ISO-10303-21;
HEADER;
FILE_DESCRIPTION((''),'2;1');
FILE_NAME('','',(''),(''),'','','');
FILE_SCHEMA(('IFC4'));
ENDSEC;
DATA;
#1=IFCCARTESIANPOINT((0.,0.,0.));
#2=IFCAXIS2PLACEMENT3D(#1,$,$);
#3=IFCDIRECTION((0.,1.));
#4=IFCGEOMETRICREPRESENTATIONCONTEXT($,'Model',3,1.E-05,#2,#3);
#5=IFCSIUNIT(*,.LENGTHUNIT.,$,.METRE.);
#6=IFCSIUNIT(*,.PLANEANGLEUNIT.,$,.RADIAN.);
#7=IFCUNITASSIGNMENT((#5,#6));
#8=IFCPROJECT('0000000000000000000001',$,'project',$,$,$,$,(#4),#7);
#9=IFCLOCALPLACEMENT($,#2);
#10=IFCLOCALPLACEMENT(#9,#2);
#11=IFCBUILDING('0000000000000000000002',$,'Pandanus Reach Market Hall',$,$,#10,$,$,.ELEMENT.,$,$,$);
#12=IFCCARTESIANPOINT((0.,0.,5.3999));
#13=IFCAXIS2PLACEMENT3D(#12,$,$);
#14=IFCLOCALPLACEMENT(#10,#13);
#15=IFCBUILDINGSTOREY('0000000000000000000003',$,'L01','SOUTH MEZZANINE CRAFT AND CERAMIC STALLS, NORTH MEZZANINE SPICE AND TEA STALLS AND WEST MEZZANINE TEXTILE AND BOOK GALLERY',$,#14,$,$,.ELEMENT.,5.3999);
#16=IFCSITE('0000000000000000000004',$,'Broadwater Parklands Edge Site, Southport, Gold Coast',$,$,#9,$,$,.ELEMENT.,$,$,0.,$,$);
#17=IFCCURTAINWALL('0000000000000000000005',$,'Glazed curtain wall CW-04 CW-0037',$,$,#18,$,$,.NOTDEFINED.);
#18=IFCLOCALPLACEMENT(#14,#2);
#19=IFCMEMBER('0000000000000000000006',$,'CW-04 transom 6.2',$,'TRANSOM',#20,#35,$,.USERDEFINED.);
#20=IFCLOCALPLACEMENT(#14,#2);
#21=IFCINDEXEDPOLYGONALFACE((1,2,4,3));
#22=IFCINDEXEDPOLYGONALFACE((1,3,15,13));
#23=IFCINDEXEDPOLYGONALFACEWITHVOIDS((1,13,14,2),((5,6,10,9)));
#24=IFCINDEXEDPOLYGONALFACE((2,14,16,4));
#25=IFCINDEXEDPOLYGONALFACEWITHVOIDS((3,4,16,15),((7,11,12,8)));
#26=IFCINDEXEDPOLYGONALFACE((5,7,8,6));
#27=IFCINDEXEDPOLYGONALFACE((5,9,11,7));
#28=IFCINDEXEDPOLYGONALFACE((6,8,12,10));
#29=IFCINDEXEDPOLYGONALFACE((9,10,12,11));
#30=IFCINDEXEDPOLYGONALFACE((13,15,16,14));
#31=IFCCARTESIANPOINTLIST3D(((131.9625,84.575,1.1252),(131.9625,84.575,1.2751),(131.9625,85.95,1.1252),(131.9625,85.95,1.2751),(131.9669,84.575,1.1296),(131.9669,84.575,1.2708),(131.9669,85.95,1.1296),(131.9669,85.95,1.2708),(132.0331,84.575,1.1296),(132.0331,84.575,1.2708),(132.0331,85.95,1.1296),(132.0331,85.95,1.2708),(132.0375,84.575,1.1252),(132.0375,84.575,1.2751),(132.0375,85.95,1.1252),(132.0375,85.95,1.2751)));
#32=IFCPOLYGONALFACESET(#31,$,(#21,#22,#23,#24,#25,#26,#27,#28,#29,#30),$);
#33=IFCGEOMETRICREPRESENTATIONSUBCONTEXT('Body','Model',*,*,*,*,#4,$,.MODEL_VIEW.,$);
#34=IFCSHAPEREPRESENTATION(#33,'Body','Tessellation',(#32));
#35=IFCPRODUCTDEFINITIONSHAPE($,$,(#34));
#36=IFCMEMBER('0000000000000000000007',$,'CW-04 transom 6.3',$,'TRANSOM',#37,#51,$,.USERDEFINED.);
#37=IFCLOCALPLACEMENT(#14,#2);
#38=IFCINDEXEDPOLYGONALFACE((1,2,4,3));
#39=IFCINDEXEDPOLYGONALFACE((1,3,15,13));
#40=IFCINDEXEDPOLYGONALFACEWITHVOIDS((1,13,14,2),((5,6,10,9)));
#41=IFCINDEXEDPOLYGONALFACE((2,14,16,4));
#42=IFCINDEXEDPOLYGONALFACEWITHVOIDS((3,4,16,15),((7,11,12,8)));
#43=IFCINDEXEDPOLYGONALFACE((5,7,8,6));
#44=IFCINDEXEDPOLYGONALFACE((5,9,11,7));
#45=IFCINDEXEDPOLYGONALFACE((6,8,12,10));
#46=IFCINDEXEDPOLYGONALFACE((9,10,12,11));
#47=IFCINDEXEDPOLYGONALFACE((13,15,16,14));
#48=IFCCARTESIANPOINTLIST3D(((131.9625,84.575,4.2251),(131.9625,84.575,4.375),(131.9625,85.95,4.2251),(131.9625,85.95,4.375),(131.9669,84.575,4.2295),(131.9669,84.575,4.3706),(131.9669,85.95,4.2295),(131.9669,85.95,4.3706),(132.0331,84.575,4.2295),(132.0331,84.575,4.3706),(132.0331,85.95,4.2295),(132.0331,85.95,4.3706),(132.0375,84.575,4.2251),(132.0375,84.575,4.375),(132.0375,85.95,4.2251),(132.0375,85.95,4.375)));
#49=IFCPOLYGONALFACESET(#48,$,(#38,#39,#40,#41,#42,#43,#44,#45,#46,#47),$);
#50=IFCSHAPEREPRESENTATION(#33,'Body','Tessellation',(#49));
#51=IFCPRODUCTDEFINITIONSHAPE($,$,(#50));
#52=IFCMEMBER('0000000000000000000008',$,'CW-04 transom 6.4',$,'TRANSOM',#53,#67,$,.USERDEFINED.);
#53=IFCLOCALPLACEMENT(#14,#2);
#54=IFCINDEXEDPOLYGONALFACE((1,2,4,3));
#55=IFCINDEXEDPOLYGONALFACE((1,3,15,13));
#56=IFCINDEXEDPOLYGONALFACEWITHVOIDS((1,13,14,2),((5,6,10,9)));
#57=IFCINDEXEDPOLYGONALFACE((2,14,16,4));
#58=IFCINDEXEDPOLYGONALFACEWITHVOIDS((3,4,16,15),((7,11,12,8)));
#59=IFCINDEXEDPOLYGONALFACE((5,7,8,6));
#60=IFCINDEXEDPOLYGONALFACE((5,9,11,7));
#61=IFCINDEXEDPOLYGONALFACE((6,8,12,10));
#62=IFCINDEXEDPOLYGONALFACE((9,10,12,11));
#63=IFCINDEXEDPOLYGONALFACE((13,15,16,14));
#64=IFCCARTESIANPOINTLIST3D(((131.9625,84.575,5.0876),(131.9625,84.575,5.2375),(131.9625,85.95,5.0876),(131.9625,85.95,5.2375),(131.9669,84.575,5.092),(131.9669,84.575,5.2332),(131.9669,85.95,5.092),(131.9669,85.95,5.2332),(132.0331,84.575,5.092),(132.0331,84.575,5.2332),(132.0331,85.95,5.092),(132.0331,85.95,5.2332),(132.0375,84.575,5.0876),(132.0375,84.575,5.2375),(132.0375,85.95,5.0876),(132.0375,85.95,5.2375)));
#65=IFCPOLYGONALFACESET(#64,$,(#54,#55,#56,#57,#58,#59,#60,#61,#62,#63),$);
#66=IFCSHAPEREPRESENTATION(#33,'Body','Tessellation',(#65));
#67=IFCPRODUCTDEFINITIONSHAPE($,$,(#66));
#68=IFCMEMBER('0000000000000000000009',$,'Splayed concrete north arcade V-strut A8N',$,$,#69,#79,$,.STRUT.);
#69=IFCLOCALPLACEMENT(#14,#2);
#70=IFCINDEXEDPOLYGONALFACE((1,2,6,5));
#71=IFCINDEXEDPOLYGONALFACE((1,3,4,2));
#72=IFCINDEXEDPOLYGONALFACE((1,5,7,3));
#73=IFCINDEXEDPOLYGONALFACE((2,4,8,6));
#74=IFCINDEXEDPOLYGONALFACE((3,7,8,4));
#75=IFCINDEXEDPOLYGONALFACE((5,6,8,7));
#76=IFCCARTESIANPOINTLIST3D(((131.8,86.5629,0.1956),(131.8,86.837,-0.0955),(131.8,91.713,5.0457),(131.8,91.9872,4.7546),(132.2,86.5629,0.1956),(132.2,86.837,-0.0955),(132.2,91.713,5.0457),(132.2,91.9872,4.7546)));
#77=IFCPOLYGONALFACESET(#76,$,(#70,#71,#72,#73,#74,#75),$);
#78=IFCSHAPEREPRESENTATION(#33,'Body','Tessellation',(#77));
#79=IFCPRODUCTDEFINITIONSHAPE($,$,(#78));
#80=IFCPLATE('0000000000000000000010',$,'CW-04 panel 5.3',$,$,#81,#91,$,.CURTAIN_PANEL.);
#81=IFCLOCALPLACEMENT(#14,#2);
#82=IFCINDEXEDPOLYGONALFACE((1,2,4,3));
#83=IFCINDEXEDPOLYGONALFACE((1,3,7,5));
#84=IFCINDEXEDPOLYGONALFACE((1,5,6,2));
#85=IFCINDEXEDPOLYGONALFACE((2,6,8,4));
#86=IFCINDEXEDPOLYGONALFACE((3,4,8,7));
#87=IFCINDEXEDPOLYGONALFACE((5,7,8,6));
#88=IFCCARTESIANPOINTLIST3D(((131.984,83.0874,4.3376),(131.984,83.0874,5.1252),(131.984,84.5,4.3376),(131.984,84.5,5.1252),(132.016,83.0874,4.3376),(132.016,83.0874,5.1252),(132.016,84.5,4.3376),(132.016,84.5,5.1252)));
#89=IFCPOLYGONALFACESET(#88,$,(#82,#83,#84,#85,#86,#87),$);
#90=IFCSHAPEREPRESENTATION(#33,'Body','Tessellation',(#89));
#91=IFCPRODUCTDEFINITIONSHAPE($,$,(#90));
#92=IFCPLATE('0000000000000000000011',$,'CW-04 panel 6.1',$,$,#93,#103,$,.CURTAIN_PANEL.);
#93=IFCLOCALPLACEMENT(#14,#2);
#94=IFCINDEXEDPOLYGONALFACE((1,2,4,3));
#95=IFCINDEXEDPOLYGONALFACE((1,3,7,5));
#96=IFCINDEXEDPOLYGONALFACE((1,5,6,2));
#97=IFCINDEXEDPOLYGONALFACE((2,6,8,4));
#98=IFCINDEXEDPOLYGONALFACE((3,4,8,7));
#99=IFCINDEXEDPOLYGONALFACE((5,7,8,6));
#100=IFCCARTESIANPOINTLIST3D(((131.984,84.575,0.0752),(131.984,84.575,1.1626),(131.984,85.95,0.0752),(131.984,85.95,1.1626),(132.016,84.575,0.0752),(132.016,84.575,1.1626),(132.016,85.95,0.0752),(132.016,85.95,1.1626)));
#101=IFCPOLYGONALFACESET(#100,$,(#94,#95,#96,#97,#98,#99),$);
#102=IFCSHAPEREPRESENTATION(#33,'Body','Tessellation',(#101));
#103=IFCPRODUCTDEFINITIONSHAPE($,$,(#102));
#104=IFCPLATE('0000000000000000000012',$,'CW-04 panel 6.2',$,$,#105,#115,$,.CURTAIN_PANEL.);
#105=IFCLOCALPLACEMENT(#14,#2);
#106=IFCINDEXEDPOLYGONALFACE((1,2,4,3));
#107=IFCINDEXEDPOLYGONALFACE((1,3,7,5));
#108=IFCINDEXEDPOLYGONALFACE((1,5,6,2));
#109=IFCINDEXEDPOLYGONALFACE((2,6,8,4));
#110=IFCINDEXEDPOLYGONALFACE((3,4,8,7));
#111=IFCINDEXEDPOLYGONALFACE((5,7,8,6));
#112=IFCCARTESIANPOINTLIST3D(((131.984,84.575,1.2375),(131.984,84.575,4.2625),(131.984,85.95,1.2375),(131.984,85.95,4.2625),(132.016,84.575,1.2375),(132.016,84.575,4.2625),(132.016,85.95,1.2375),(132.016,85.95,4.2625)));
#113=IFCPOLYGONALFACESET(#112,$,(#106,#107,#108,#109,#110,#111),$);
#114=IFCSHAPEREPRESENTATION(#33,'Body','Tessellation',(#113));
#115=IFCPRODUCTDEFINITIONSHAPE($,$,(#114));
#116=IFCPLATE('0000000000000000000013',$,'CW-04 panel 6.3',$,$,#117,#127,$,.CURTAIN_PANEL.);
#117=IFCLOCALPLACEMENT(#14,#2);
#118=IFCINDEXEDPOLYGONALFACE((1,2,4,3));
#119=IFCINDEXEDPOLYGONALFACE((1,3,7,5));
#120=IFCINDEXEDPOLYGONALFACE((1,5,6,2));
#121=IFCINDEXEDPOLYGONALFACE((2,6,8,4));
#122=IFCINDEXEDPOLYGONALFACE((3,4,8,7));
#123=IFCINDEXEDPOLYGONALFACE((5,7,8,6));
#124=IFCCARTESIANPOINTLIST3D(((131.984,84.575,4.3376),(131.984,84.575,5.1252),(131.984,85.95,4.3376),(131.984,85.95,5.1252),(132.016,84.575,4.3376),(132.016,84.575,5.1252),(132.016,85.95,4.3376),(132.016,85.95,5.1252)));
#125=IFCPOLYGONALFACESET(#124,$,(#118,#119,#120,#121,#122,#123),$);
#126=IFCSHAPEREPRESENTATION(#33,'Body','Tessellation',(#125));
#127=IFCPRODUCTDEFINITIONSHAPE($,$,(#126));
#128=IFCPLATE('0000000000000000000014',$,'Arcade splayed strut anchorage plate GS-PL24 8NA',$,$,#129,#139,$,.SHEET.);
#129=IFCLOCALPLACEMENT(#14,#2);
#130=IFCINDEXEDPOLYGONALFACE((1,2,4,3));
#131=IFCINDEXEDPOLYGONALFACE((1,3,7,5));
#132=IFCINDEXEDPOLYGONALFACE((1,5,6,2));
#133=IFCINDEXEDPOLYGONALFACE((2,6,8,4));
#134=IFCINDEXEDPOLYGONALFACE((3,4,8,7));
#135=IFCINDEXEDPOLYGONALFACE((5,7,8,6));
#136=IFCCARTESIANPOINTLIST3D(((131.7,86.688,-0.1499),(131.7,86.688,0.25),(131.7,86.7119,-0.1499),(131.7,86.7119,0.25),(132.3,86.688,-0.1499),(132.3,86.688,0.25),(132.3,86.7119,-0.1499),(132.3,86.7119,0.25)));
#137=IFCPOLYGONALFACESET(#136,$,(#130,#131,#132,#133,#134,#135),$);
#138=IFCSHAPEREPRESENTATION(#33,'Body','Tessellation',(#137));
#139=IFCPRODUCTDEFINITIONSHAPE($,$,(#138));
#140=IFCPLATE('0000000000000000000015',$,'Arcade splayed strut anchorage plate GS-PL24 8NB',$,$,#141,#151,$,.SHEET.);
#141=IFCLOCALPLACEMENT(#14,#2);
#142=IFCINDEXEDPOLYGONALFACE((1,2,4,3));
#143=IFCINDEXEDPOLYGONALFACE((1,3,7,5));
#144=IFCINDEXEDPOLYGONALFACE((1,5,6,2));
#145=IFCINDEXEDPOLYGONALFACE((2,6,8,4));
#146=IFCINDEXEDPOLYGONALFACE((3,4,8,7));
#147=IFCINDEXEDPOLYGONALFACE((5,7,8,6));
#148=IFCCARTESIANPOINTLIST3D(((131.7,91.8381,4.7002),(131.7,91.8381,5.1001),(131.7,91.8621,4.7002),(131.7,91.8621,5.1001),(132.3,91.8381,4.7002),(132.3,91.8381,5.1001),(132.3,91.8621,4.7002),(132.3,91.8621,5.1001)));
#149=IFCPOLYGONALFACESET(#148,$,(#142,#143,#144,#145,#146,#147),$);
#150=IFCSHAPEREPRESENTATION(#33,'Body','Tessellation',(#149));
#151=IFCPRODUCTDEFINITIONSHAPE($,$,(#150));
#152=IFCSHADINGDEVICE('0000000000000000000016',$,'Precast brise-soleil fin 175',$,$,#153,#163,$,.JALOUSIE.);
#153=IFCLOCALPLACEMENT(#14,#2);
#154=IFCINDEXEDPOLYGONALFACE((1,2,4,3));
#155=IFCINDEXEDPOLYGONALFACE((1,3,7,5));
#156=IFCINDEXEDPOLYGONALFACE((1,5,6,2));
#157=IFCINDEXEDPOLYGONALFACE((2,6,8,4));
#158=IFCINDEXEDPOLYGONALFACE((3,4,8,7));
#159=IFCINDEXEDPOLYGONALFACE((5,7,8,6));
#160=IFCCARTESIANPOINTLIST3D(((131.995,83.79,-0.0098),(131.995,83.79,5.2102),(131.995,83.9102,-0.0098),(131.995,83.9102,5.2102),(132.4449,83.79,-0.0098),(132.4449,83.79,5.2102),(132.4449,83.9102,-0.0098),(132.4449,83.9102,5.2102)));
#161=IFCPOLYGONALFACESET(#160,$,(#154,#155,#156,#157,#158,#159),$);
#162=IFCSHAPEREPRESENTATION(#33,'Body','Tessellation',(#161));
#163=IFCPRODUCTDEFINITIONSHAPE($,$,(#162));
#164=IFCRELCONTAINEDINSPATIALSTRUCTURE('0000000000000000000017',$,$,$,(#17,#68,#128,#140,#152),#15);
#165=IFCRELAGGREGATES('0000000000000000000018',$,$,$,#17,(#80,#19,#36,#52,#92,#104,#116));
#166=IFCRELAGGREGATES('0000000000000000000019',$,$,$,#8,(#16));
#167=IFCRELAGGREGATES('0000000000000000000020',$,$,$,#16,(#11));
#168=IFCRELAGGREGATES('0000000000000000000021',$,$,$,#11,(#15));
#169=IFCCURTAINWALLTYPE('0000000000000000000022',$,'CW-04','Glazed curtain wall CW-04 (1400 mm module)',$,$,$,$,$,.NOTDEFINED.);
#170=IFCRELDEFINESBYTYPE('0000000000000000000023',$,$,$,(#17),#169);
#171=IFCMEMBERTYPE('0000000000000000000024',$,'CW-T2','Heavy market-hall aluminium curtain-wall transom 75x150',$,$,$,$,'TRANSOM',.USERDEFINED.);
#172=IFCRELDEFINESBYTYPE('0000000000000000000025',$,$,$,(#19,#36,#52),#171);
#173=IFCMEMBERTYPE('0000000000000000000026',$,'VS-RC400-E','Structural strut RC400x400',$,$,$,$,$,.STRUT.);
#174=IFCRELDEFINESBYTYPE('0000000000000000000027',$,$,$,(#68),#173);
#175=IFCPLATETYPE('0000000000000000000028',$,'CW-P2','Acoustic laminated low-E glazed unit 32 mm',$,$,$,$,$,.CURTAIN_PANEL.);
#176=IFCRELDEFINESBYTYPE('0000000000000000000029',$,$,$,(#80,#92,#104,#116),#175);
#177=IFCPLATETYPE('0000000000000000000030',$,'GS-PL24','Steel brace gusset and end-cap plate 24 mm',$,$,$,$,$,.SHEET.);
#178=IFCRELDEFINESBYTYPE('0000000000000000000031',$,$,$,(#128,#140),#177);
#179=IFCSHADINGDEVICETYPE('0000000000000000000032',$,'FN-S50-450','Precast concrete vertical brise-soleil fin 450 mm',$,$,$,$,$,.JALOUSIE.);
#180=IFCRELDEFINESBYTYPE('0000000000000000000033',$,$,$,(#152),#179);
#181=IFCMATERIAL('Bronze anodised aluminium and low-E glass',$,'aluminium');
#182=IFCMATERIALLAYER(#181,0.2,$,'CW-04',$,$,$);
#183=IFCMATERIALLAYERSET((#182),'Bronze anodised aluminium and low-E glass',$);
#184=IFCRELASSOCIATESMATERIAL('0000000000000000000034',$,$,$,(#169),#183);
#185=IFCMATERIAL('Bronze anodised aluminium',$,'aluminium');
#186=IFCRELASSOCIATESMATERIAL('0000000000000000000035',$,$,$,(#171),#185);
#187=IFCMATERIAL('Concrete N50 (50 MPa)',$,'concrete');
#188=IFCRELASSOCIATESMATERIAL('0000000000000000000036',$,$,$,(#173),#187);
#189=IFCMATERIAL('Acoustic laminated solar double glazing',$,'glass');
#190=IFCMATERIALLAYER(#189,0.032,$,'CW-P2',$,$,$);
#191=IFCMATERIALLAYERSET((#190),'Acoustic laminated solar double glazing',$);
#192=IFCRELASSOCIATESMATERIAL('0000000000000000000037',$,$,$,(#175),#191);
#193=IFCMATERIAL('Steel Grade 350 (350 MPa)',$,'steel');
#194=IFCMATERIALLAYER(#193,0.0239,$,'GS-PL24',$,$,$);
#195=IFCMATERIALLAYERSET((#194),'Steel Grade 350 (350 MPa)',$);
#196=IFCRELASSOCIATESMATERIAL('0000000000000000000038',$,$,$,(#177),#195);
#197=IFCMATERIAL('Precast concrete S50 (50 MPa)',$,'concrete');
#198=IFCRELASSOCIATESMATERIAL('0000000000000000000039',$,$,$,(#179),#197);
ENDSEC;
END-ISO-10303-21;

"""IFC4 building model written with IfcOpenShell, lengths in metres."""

from ifc_helpers import new_model, si_unit, direction, frame, origin, origin_2d, place, context, subcontext, project, spatial, rectangle, hollow_rectangle, extrude, material, layer, layer_set, material_profile, profile_set, type_object, element, aggregate, save


model = new_model("IFC4")

# Units and contexts
model_context = context("Model", 3, precision=1e-05, world=origin(), true_north=direction((0.0, 1.0)))
body_context = subcontext(model_context, "Body", "Model", "MODEL_VIEW")
ifc_project = project(units=[si_unit("LENGTHUNIT", "METRE"), si_unit("PLANEANGLEUNIT", "RADIAN")], contexts=[model_context])

# Site, building, storey
site_placement = place(None, origin())
site = spatial("IfcSite", under=ifc_project, at=site_placement, Name="Broadwater Parklands Edge Site, Southport, Gold Coast", CompositionType="ELEMENT", RefElevation=0.0)
building_placement = place(site_placement, origin())
building = spatial("IfcBuilding", under=site, at=building_placement, Name="Pandanus Reach Market Hall", CompositionType="ELEMENT")
storey_placement = place(building_placement, frame((0.0, 0.0, 5.3999)))
storey = spatial("IfcBuildingStorey", under=building, at=storey_placement, Name="L01", Description="SOUTH MEZZANINE CRAFT AND CERAMIC STALLS, NORTH MEZZANINE SPICE AND TEA STALLS AND WEST MEZZANINE TEXTILE AND BOOK GALLERY", CompositionType="ELEMENT", Elevation=5.3999)

# Shared definitions
ifc_material_1 = material(Name="Concrete N50 (50 MPa)", Category="concrete")
ifc_material_2 = material(Name="Precast concrete S50 (50 MPa)", Category="concrete")

# Shared definitions
ifc_material_3 = material(Name="Steel Grade 350 (350 MPa)", Category="steel")

# Curtain wall, members
ifc_material_4 = material(Name="Bronze anodised aluminium and low-E glass", Category="aluminium")
ifc_layer_1 = layer(ifc_material_4, 0.2, Name="CW-04")
ifc_layer_set_1 = layer_set([ifc_layer_1], Name="Bronze anodised aluminium and low-E glass")
curtain_wall_type = type_object("IfcCurtainWallType", Name="CW-04", Description="Glazed curtain wall CW-04 (1400 mm module)", PredefinedType="NOTDEFINED", material=ifc_layer_set_1)
curtain_wall_placement = place(storey_placement, origin())
curtain_wall = element("IfcCurtainWall", 1, at=curtain_wall_placement, inside=storey, type_object=curtain_wall_type, Name="Glazed curtain wall CW-04 CW-0037", PredefinedType="NOTDEFINED")
ifc_material_5 = material(Name="Bronze anodised aluminium", Category="aluminium")
ifc_material_profile_1 = material_profile(ifc_material_5, hollow_rectangle(XDim=0.075, YDim=0.1499, WallThickness=0.0044, at=origin_2d()), Name="ALU75x150", Category="LoadBearing")
ifc_profile_set_1 = profile_set([ifc_material_profile_1], Name="Bronze anodised aluminium")
member_type_1 = type_object("IfcMemberType", Name="CW-T2", Description="Heavy market-hall aluminium curtain-wall transom 75x150", ElementType="TRANSOM", PredefinedType="USERDEFINED", material=ifc_profile_set_1)
member_1_placement = place(storey_placement, frame((132.0, 84.575, 1.2002), z_axis=(0.0, 1.0, 0.0), x_axis=(-1.0, 0.0, 0.0)))
member_1 = element("IfcMember", 2, at=member_1_placement, type_object=member_type_1, Name="CW-04 transom 6.2", ObjectType="TRANSOM", PredefinedType="USERDEFINED", context=body_context, shape_type="SweptSolid", body=[
    extrude(hollow_rectangle(XDim=0.075, YDim=0.1499, WallThickness=0.0044, at=origin_2d()), origin(), (0.0, 0.0, 1.0), 1.375),
])
member_2_placement = place(storey_placement, frame((132.0, 84.575, 4.3), z_axis=(0.0, 1.0, 0.0), x_axis=(-1.0, 0.0, 0.0)))
member_2 = element("IfcMember", 3, at=member_2_placement, type_object=member_type_1, Name="CW-04 transom 6.3", ObjectType="TRANSOM", PredefinedType="USERDEFINED", context=body_context, shape_type="SweptSolid", body=[
    extrude(hollow_rectangle(XDim=0.075, YDim=0.1499, WallThickness=0.0044, at=origin_2d()), origin(), (0.0, 0.0, 1.0), 1.375),
])
member_3_placement = place(storey_placement, frame((132.0, 84.575, 5.1626), z_axis=(0.0, 1.0, 0.0), x_axis=(-1.0, 0.0, 0.0)))
member_3 = element("IfcMember", 4, at=member_3_placement, type_object=member_type_1, Name="CW-04 transom 6.4", ObjectType="TRANSOM", PredefinedType="USERDEFINED", context=body_context, shape_type="SweptSolid", body=[
    extrude(hollow_rectangle(XDim=0.075, YDim=0.1499, WallThickness=0.0044, at=origin_2d()), origin(), (0.0, 0.0, 1.0), 1.375),
])

# Member
ifc_material_profile_2 = material_profile(ifc_material_1, rectangle(XDim=0.3999, YDim=0.3999, at=origin_2d()), Name="RC400x400", Category="LoadBearing")
ifc_profile_set_2 = profile_set([ifc_material_profile_2], Name="Concrete N50 (50 MPa)")
member_type_2 = type_object("IfcMemberType", Name="VS-RC400-E", Description="Structural strut RC400x400", PredefinedType="STRUT", material=ifc_profile_set_2)
member_4_placement = place(storey_placement, frame((132.0, 86.7, 0.05), z_axis=(0.0, 0.727995, 0.685582), x_axis=(-1.0, 0.0, 0.0)))
element("IfcMember", 5, at=member_4_placement, inside=storey, type_object=member_type_2, Name="Splayed concrete north arcade V-strut A8N", PredefinedType="STRUT", context=body_context, shape_type="SweptSolid", body=[
    extrude(rectangle(XDim=0.3999, YDim=0.3999, at=origin_2d()), origin(), (0.0, 0.0, 1.0), 7.0745),
])

# Plates
ifc_material_6 = material(Name="Acoustic laminated solar double glazing", Category="glass")
ifc_layer_2 = layer(ifc_material_6, 0.032, Name="CW-P2")
ifc_layer_set_2 = layer_set([ifc_layer_2], Name="Acoustic laminated solar double glazing")
plate_type_1 = type_object("IfcPlateType", Name="CW-P2", Description="Acoustic laminated low-E glazed unit 32 mm", PredefinedType="CURTAIN_PANEL", material=ifc_layer_set_2)
plate_1_placement = place(storey_placement, frame((132.0, 83.7937, 4.3376), z_axis=(0.0, 0.0, 1.0), x_axis=(0.0, 1.0, 0.0)))
plate_1 = element("IfcPlate", 6, at=plate_1_placement, type_object=plate_type_1, Name="CW-04 panel 5.3", PredefinedType="CURTAIN_PANEL", context=body_context, shape_type="SweptSolid", body=[
    extrude(rectangle(XDim=1.4126, YDim=0.032, at=origin_2d()), origin(), (0.0, 0.0, 1.0), 0.7876),
])
plate_2_placement = place(storey_placement, frame((132.0, 85.2625, 0.0752), z_axis=(0.0, 0.0, 1.0), x_axis=(0.0, 1.0, 0.0)))
plate_2 = element("IfcPlate", 7, at=plate_2_placement, type_object=plate_type_1, Name="CW-04 panel 6.1", PredefinedType="CURTAIN_PANEL", context=body_context, shape_type="SweptSolid", body=[
    extrude(rectangle(XDim=1.375, YDim=0.032, at=origin_2d()), origin(), (0.0, 0.0, 1.0), 1.0874),
])
plate_3_placement = place(storey_placement, frame((132.0, 85.2625, 1.2375), z_axis=(0.0, 0.0, 1.0), x_axis=(0.0, 1.0, 0.0)))
plate_3 = element("IfcPlate", 8, at=plate_3_placement, type_object=plate_type_1, Name="CW-04 panel 6.2", PredefinedType="CURTAIN_PANEL", context=body_context, shape_type="SweptSolid", body=[
    extrude(rectangle(XDim=1.375, YDim=0.032, at=origin_2d()), origin(), (0.0, 0.0, 1.0), 3.0249),
])
plate_4_placement = place(storey_placement, frame((132.0, 85.2625, 4.3376), z_axis=(0.0, 0.0, 1.0), x_axis=(0.0, 1.0, 0.0)))
plate_4 = element("IfcPlate", 9, at=plate_4_placement, type_object=plate_type_1, Name="CW-04 panel 6.3", PredefinedType="CURTAIN_PANEL", context=body_context, shape_type="SweptSolid", body=[
    extrude(rectangle(XDim=1.375, YDim=0.032, at=origin_2d()), origin(), (0.0, 0.0, 1.0), 0.7876),
])
aggregate(curtain_wall, [plate_1, member_1, member_2, member_3, plate_2, plate_3, plate_4])

# Plates
ifc_layer_3 = layer(ifc_material_3, 0.0239, Name="GS-PL24")
ifc_layer_set_3 = layer_set([ifc_layer_3], Name="Steel Grade 350 (350 MPa)")
plate_type_2 = type_object("IfcPlateType", Name="GS-PL24", Description="Steel brace gusset and end-cap plate 24 mm", PredefinedType="SHEET", material=ifc_layer_set_3)
for number, where, z_axis, x_axis, name in (
    (10, (132.0, 86.7, -0.1499), (0.0, 0.0, 1.0), (1.0, 0.0, 0.0), "Arcade splayed strut anchorage plate GS-PL24 8NA"),
    (11, (132.0, 91.8501, 4.7002), (0.0, 0.0, 1.0), (1.0, 0.0, 0.0), "Arcade splayed strut anchorage plate GS-PL24 8NB"),
):
    element("IfcPlate", number, at=place(storey_placement, frame(where, z_axis=z_axis, x_axis=x_axis)), inside=storey, type_object=plate_type_2, Name=name, PredefinedType="SHEET", context=body_context, shape_type="SweptSolid", body=[
        extrude(rectangle(XDim=0.6001, YDim=0.0239, at=origin_2d()), origin(), (0.0, 0.0, 1.0), 0.3999),
    ])

# Shading device
shading_device_type = type_object("IfcShadingDeviceType", Name="FN-S50-450", Description="Precast concrete vertical brise-soleil fin 450 mm", PredefinedType="JALOUSIE", material=ifc_material_2)
shading_device_placement = place(storey_placement, frame((132.22, 83.8501, -0.0098), z_axis=(0.0, 0.0, 1.0), x_axis=(1.0, 0.0, 0.0)))
element("IfcShadingDevice", 12, at=shading_device_placement, inside=storey, type_object=shading_device_type, Name="Precast brise-soleil fin 175", PredefinedType="JALOUSIE", context=body_context, shape_type="SweptSolid", body=[
    extrude(rectangle(XDim=0.45, YDim=0.1201, at=origin_2d()), origin(), (0.0, 0.0, 1.0), 5.22),
])

save(model, "model.ifc")
